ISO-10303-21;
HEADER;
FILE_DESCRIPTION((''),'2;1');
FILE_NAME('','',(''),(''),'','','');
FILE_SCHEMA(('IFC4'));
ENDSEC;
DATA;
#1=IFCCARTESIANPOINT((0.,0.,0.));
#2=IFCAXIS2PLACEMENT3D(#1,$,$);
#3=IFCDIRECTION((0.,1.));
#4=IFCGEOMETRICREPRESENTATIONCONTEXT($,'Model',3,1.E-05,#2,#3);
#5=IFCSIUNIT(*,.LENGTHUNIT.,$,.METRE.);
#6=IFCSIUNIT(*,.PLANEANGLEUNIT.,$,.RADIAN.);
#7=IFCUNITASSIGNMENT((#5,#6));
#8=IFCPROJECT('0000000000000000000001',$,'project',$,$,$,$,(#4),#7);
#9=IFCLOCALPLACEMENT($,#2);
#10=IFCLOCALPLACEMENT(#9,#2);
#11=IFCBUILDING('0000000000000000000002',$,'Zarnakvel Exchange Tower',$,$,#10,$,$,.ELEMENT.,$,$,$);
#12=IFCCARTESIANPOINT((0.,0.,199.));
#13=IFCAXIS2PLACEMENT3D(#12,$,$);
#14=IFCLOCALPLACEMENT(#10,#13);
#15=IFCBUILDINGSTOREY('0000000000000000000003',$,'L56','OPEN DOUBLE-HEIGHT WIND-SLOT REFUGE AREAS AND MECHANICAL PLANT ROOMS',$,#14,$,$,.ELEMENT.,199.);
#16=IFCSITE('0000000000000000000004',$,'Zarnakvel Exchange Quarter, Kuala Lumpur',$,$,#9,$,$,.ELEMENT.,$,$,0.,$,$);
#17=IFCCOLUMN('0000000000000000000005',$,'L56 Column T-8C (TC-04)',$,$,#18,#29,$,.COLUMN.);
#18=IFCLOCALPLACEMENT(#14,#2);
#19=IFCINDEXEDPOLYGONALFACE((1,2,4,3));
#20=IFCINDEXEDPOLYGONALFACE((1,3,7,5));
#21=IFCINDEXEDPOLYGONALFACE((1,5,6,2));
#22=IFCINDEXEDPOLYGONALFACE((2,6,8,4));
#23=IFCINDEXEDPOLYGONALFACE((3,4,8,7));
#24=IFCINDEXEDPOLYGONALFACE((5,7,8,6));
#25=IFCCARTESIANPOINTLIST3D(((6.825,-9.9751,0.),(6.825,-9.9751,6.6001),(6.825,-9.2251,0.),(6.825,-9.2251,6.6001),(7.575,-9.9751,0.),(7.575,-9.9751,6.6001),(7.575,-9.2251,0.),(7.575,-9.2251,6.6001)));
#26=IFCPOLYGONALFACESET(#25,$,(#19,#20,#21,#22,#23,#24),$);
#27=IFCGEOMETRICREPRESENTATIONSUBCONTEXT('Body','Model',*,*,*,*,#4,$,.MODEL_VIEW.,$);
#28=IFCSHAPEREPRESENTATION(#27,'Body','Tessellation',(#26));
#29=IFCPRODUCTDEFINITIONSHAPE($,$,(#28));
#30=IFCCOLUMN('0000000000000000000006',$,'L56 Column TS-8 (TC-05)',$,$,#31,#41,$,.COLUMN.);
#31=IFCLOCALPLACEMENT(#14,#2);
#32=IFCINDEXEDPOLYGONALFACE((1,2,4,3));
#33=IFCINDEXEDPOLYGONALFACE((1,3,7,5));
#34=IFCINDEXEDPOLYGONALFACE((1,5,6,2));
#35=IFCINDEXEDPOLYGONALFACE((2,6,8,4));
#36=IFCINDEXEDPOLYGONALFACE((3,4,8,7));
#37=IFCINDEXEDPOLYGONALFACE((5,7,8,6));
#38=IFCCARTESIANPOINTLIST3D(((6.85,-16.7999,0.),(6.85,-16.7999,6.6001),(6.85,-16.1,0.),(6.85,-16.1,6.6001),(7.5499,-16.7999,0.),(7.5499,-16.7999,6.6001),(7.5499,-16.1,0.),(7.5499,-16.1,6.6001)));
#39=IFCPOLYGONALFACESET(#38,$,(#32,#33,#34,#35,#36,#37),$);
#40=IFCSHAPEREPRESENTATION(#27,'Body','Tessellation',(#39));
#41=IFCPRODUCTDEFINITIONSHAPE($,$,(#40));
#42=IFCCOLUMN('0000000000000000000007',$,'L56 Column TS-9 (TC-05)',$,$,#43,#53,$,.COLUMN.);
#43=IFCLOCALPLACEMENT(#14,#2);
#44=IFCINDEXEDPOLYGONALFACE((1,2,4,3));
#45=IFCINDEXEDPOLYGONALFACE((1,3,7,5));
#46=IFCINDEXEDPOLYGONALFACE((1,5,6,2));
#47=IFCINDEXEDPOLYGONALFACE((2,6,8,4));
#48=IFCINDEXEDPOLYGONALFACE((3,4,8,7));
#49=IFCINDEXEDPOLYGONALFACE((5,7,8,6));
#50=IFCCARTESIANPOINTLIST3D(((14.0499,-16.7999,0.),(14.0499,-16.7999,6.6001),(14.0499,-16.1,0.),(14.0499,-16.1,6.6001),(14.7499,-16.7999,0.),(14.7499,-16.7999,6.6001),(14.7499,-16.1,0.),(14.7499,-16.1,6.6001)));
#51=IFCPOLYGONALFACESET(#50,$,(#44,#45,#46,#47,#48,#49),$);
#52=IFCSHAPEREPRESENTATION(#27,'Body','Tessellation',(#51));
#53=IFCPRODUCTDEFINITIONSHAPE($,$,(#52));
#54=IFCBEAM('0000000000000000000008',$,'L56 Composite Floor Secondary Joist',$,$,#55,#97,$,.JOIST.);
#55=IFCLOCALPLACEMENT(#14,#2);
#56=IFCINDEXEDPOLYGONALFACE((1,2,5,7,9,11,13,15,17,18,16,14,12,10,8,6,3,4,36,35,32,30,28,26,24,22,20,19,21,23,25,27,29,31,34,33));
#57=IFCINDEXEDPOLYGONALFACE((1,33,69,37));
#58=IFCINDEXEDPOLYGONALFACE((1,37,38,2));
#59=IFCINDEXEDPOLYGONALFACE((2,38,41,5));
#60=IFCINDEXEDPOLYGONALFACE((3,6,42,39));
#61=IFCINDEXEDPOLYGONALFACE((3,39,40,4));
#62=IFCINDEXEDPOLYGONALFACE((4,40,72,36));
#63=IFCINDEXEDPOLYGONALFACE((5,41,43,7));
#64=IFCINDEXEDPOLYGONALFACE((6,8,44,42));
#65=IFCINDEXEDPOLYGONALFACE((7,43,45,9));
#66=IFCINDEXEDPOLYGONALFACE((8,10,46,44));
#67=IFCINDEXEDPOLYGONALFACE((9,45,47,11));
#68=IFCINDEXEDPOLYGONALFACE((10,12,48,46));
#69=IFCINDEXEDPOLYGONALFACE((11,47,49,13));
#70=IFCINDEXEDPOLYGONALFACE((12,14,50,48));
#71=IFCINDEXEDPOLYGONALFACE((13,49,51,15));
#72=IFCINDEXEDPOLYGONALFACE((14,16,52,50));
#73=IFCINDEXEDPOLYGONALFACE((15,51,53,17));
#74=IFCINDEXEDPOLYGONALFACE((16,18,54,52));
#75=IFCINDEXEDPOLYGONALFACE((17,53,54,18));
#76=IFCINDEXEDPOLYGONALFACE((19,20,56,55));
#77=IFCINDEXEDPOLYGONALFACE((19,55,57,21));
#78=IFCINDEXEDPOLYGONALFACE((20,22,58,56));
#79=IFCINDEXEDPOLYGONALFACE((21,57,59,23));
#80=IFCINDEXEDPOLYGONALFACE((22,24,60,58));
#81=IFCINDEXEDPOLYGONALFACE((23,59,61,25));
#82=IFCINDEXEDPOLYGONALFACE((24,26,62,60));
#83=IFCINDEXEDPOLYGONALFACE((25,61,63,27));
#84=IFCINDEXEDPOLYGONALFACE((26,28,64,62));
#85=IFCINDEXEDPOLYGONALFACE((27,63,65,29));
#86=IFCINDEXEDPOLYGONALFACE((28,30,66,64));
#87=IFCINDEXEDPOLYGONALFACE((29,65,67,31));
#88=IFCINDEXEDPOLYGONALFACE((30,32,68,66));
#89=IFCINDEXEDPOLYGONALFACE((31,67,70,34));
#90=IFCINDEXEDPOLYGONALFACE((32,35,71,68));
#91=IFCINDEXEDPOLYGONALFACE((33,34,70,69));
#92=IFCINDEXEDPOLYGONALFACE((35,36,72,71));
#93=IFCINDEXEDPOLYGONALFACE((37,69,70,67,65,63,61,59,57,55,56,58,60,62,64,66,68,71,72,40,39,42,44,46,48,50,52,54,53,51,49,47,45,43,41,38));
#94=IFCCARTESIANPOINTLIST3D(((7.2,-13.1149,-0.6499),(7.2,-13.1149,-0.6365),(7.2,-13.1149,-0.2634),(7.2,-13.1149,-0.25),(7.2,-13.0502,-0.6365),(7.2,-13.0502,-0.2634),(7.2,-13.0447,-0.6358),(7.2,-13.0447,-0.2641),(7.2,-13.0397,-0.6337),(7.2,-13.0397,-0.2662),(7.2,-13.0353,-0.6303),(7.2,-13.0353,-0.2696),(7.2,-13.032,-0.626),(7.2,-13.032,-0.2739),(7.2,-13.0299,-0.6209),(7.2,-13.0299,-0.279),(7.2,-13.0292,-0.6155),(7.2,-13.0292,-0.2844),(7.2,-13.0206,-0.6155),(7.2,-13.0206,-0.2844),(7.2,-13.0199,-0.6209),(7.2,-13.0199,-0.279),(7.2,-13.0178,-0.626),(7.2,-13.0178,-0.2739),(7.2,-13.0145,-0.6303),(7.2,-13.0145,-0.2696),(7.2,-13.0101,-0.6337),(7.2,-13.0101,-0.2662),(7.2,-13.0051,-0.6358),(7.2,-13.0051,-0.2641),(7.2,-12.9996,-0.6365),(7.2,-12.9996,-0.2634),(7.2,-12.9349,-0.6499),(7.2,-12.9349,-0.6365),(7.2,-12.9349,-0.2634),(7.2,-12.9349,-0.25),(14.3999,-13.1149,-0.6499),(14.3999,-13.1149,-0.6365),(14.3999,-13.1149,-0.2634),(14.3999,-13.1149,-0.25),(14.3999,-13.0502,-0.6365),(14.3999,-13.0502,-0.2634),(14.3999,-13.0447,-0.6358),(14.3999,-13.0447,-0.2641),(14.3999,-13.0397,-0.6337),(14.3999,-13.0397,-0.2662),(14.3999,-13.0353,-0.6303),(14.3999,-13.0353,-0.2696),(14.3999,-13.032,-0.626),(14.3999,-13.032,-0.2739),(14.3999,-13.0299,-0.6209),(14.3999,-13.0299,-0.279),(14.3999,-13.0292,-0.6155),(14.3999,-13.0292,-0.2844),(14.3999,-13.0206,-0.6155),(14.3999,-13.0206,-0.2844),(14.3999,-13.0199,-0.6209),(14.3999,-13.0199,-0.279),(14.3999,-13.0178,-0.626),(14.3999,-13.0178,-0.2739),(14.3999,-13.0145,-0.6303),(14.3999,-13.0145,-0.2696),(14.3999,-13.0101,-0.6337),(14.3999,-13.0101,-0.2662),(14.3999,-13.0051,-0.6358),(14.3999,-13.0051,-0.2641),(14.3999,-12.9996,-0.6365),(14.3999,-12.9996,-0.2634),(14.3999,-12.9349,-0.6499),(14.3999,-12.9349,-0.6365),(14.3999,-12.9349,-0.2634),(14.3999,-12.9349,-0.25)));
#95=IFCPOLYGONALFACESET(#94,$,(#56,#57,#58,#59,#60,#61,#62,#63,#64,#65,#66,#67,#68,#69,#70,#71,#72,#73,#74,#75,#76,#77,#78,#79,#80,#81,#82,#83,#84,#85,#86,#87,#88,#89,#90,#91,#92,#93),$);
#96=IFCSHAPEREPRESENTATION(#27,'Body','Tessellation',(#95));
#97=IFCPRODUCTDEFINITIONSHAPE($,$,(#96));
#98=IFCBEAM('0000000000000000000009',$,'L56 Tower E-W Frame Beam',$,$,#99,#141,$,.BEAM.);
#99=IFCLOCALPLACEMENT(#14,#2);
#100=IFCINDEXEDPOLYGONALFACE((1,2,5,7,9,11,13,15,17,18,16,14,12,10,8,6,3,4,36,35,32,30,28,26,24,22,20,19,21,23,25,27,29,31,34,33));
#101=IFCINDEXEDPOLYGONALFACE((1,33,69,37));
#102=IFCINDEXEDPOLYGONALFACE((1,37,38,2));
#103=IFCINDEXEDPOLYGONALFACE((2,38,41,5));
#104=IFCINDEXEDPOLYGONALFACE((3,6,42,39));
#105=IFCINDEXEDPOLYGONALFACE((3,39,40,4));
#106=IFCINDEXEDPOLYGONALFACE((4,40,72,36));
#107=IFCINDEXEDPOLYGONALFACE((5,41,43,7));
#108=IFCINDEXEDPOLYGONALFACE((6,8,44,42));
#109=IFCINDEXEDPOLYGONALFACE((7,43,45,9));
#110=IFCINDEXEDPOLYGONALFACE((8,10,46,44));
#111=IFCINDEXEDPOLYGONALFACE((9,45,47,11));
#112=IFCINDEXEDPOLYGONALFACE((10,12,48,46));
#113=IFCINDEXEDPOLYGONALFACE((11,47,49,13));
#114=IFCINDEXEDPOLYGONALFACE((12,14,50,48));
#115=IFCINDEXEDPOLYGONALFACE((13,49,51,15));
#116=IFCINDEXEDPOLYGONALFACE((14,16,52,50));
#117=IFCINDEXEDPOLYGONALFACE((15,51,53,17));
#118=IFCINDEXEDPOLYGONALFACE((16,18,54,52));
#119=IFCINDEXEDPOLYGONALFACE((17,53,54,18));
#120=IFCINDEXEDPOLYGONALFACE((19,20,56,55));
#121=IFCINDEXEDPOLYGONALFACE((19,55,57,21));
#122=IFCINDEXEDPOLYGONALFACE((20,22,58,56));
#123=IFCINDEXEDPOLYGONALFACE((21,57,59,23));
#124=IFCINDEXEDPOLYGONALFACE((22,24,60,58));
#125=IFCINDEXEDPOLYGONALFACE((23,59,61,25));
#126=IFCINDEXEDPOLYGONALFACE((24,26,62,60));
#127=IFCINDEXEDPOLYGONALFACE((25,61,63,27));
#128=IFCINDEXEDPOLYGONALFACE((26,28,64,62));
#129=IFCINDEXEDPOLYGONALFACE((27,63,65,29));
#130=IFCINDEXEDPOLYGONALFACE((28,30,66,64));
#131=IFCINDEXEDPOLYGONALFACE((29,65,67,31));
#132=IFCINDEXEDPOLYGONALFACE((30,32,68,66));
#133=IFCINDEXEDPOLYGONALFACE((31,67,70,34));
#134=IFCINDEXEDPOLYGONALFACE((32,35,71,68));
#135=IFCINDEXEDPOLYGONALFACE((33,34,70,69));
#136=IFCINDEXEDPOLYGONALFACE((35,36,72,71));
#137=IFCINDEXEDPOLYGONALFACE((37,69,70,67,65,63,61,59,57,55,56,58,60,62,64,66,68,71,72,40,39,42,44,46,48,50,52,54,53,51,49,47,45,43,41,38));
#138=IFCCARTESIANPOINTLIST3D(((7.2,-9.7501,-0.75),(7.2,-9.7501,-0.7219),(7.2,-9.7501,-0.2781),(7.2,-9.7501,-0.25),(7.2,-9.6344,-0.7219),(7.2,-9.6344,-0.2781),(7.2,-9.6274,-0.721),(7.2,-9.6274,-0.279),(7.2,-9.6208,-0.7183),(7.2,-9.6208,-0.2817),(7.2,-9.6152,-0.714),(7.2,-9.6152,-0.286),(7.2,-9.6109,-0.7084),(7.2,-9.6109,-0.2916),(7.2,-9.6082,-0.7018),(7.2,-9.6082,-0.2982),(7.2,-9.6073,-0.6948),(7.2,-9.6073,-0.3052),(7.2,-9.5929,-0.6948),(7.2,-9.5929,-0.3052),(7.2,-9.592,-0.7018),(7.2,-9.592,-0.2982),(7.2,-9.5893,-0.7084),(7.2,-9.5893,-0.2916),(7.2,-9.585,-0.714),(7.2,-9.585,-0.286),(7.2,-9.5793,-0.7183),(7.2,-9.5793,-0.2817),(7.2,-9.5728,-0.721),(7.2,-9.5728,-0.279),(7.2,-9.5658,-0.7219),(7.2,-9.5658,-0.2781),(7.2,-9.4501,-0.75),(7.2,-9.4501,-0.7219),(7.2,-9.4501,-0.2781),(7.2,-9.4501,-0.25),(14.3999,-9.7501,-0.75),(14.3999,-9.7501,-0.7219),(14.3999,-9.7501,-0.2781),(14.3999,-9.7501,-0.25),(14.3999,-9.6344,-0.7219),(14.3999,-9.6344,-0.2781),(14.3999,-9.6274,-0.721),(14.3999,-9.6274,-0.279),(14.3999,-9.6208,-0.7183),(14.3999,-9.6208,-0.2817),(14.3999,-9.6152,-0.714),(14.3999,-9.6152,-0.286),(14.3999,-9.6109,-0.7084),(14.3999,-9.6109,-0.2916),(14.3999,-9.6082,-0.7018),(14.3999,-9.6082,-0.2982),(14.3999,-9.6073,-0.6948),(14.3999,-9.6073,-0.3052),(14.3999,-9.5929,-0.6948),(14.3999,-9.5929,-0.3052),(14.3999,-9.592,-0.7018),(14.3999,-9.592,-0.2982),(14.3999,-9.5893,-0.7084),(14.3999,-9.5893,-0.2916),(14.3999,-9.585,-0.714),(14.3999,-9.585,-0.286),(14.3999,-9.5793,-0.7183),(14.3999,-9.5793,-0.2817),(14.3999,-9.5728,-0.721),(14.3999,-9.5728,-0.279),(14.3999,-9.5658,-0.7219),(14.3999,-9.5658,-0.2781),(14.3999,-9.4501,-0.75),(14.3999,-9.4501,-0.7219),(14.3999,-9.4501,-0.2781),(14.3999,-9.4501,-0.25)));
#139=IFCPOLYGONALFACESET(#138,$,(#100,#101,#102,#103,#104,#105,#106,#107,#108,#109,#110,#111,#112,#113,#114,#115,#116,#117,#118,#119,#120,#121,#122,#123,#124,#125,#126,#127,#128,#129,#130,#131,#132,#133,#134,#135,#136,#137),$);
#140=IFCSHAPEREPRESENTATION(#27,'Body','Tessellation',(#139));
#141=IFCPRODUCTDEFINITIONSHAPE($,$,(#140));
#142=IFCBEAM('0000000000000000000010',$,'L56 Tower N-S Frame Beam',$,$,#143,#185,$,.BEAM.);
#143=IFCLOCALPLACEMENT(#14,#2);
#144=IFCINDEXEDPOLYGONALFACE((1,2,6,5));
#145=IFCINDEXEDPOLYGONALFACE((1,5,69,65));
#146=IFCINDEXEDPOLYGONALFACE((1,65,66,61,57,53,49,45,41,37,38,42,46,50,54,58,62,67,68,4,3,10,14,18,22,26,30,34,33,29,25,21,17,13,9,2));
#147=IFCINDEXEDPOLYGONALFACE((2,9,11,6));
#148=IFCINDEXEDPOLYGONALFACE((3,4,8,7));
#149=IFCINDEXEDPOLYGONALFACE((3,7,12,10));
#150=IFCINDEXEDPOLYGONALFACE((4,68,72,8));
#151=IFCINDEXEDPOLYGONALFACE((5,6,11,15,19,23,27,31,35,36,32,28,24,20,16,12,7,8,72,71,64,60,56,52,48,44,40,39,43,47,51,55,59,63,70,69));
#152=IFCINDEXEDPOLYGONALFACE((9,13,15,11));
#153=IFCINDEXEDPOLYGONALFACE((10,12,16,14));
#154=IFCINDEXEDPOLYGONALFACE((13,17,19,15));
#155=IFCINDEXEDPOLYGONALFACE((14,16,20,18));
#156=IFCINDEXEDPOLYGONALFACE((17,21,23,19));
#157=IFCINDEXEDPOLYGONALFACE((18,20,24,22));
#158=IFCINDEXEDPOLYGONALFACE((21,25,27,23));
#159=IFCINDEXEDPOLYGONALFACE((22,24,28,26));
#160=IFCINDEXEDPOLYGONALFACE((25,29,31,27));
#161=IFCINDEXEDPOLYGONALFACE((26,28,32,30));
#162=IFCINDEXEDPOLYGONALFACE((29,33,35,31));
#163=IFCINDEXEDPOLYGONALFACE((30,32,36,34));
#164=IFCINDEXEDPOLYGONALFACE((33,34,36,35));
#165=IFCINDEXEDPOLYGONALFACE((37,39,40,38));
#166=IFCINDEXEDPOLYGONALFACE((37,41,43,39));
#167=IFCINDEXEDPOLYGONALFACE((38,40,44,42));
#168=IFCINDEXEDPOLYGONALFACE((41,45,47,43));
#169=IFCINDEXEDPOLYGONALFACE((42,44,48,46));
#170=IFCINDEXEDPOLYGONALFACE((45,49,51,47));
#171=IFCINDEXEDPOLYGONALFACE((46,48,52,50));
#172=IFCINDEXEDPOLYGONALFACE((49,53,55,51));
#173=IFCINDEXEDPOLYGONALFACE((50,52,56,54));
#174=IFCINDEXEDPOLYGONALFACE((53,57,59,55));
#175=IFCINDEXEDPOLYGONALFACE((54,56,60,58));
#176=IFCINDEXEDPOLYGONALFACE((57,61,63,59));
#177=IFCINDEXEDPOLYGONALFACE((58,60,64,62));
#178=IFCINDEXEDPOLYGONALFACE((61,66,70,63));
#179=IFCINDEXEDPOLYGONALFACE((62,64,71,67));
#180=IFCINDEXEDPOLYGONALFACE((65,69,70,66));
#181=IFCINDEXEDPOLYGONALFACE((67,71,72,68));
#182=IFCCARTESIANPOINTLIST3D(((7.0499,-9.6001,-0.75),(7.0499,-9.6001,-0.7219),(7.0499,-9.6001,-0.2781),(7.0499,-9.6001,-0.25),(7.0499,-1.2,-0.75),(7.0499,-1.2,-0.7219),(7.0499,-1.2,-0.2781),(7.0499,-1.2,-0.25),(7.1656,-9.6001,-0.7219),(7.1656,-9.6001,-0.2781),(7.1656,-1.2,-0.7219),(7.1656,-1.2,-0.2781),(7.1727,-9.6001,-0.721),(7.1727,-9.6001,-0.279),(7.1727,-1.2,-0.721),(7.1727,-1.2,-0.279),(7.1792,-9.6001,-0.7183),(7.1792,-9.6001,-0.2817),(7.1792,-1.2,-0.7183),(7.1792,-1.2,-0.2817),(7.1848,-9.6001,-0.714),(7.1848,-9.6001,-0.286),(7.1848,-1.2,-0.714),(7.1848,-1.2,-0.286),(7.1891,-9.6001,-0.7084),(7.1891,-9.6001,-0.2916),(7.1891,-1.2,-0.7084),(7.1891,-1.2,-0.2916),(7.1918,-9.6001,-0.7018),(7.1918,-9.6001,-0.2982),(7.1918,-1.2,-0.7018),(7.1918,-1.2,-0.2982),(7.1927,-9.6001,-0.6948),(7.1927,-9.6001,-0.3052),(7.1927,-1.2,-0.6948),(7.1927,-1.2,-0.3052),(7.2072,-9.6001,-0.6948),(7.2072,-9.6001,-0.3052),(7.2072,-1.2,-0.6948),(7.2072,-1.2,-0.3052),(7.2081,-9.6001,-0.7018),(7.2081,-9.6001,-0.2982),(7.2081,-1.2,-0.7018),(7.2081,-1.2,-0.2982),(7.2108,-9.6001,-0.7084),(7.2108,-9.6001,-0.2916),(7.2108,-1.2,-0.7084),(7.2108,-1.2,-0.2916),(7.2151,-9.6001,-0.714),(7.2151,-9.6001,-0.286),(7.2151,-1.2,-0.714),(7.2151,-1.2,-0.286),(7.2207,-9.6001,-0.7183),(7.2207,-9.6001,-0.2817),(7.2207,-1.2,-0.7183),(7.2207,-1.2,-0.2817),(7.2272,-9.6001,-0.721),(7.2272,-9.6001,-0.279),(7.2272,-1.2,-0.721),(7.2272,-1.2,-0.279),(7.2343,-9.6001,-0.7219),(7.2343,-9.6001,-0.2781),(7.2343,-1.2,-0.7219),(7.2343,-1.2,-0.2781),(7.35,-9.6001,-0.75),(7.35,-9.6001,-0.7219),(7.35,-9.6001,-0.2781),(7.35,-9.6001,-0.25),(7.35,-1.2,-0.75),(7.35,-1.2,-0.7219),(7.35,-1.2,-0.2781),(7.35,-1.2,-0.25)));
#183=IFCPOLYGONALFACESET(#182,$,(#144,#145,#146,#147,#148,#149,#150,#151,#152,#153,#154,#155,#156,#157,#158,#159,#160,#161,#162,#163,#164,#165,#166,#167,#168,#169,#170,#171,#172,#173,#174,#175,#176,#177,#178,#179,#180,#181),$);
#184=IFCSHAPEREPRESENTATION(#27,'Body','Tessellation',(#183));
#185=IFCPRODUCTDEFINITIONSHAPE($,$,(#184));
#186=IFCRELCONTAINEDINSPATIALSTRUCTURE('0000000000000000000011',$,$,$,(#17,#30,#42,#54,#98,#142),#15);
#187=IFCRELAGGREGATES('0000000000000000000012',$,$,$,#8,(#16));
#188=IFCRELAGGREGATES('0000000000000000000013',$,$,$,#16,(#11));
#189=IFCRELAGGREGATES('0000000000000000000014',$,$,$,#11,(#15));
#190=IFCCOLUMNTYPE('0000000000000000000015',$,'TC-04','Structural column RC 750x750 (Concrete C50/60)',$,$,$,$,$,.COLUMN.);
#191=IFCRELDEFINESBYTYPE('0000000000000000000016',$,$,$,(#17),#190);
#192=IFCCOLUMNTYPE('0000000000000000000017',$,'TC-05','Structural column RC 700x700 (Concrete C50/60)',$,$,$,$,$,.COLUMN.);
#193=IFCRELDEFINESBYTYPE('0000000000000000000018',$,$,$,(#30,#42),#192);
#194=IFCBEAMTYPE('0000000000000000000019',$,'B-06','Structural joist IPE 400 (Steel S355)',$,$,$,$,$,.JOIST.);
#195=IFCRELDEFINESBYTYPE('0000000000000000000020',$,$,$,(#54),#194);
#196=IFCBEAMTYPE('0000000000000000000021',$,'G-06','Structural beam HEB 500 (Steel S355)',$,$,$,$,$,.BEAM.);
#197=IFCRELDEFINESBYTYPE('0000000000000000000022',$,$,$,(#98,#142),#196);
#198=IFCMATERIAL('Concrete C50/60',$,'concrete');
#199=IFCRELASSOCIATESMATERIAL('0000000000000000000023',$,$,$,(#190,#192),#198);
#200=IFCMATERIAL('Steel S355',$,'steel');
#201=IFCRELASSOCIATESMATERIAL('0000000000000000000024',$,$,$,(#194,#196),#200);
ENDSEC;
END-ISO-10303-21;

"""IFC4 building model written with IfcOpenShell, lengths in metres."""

from ifc_helpers import new_model, si_unit, direction, frame, origin, origin_2d, place, context, subcontext, project, spatial, rectangle, i_section, extrude, material, material_profile, profile_set, type_object, element, save


model = new_model("IFC4")

# Units and contexts
model_context = context("Model", 3, precision=1e-05, world=origin(), true_north=direction((0.0, 1.0)))
body_context = subcontext(model_context, "Body", "Model", "MODEL_VIEW")
ifc_project = project(units=[si_unit("LENGTHUNIT", "METRE"), si_unit("PLANEANGLEUNIT", "RADIAN")], contexts=[model_context])

# Site, building, storey
site_placement = place(None, origin())
site = spatial("IfcSite", under=ifc_project, at=site_placement, Name="Zarnakvel Exchange Quarter, Kuala Lumpur", CompositionType="ELEMENT", RefElevation=0.0)
building_placement = place(site_placement, origin())
building = spatial("IfcBuilding", under=site, at=building_placement, Name="Zarnakvel Exchange Tower", CompositionType="ELEMENT")
storey_placement = place(building_placement, frame((0.0, 0.0, 199.0)))
storey = spatial("IfcBuildingStorey", under=building, at=storey_placement, Name="L56", Description="OPEN DOUBLE-HEIGHT WIND-SLOT REFUGE AREAS AND MECHANICAL PLANT ROOMS", CompositionType="ELEMENT", Elevation=199.0)

# Columns
ifc_material_1 = material(Name="Concrete C50/60", Category="concrete")
ifc_material_profile_1 = material_profile(ifc_material_1, rectangle(XDim=0.75, YDim=0.75, at=origin_2d()))
ifc_profile_set_1 = profile_set([ifc_material_profile_1], Name="Concrete C50/60")
column_type_1 = type_object("IfcColumnType", Name="TC-04", Description="Structural column RC 750x750 (Concrete C50/60)", PredefinedType="COLUMN", material=ifc_profile_set_1)
column_placement = place(storey_placement, frame((7.2, -9.6001, 0.0), z_axis=(0.0, 0.0, 1.0), x_axis=(1.0, 0.0, 0.0)))
element("IfcColumn", 1, at=column_placement, inside=storey, type_object=column_type_1, Name="L56 Column T-8C (TC-04)", PredefinedType="COLUMN", context=body_context, shape_type="SweptSolid", body=[
    extrude(rectangle(XDim=0.75, YDim=0.75, at=origin_2d()), origin(), (0.0, 0.0, 1.0), 6.6001),
])
ifc_material_profile_2 = material_profile(ifc_material_1, rectangle(XDim=0.7, YDim=0.7, at=origin_2d()))
ifc_profile_set_2 = profile_set([ifc_material_profile_2], Name="Concrete C50/60")
column_type_2 = type_object("IfcColumnType", Name="TC-05", Description="Structural column RC 700x700 (Concrete C50/60)", PredefinedType="COLUMN", material=ifc_profile_set_2)
for number, where, z_axis, x_axis, name in (
    (2, (7.2, -16.45, 0.0), (0.0, 0.0, 1.0), (1.0, 0.0, 0.0), "L56 Column TS-8 (TC-05)"),
    (3, (14.3999, -16.45, 0.0), (0.0, 0.0, 1.0), (1.0, 0.0, 0.0), "L56 Column TS-9 (TC-05)"),
):
    element("IfcColumn", number, at=place(storey_placement, frame(where, z_axis=z_axis, x_axis=x_axis)), inside=storey, type_object=column_type_2, Name=name, PredefinedType="COLUMN", context=body_context, shape_type="SweptSolid", body=[
        extrude(rectangle(XDim=0.7, YDim=0.7, at=origin_2d()), origin(), (0.0, 0.0, 1.0), 6.6001),
    ])

# Beams
ifc_material_2 = material(Name="Steel S355", Category="steel")
ifc_material_profile_3 = material_profile(ifc_material_2, i_section(OverallWidth=0.1799, OverallDepth=0.3999, WebThickness=0.0085, FlangeThickness=0.0134, FilletRadius=0.021, at=origin_2d()))
ifc_profile_set_3 = profile_set([ifc_material_profile_3], Name="Steel S355")
beam_type_1 = type_object("IfcBeamType", Name="B-06", Description="Structural joist IPE 400 (Steel S355)", PredefinedType="JOIST", material=ifc_profile_set_3)
beam_1_placement = place(storey_placement, frame((7.2, -13.0249, -0.45), z_axis=(1.0, 0.0, 0.0), x_axis=(0.0, 1.0, 0.0)))
element("IfcBeam", 4, at=beam_1_placement, inside=storey, type_object=beam_type_1, Name="L56 Composite Floor Secondary Joist", PredefinedType="JOIST", context=body_context, shape_type="SweptSolid", body=[
    extrude(i_section(OverallWidth=0.1799, OverallDepth=0.3999, WebThickness=0.0085, FlangeThickness=0.0134, FilletRadius=0.021, at=origin_2d()), origin(), (0.0, 0.0, 1.0), 7.2),
])
ifc_material_profile_4 = material_profile(ifc_material_2, i_section(OverallWidth=0.3, OverallDepth=0.5, WebThickness=0.0144, FlangeThickness=0.0281, FilletRadius=0.0271, at=origin_2d()))
ifc_profile_set_4 = profile_set([ifc_material_profile_4], Name="Steel S355")
beam_type_2 = type_object("IfcBeamType", Name="G-06", Description="Structural beam HEB 500 (Steel S355)", PredefinedType="BEAM", material=ifc_profile_set_4)
beam_2_placement = place(storey_placement, frame((7.2, -9.6001, -0.5), z_axis=(1.0, 0.0, 0.0), x_axis=(0.0, 1.0, 0.0)))
element("IfcBeam", 5, at=beam_2_placement, inside=storey, type_object=beam_type_2, Name="L56 Tower E-W Frame Beam", PredefinedType="BEAM", context=body_context, shape_type="SweptSolid", body=[
    extrude(i_section(OverallWidth=0.3, OverallDepth=0.5, WebThickness=0.0144, FlangeThickness=0.0281, FilletRadius=0.0271, at=origin_2d()), origin(), (0.0, 0.0, 1.0), 7.2),
])
beam_3_placement = place(storey_placement, frame((7.2, -9.6001, -0.5), z_axis=(0.0, 1.0, 0.0), x_axis=(-1.0, 0.0, 0.0)))
element("IfcBeam", 6, at=beam_3_placement, inside=storey, type_object=beam_type_2, Name="L56 Tower N-S Frame Beam", PredefinedType="BEAM", context=body_context, shape_type="SweptSolid", body=[
    extrude(i_section(OverallWidth=0.3, OverallDepth=0.5, WebThickness=0.0144, FlangeThickness=0.0281, FilletRadius=0.0271, at=origin_2d()), origin(), (0.0, 0.0, 1.0), 8.4001),
])

save(model, "model.ifc")
